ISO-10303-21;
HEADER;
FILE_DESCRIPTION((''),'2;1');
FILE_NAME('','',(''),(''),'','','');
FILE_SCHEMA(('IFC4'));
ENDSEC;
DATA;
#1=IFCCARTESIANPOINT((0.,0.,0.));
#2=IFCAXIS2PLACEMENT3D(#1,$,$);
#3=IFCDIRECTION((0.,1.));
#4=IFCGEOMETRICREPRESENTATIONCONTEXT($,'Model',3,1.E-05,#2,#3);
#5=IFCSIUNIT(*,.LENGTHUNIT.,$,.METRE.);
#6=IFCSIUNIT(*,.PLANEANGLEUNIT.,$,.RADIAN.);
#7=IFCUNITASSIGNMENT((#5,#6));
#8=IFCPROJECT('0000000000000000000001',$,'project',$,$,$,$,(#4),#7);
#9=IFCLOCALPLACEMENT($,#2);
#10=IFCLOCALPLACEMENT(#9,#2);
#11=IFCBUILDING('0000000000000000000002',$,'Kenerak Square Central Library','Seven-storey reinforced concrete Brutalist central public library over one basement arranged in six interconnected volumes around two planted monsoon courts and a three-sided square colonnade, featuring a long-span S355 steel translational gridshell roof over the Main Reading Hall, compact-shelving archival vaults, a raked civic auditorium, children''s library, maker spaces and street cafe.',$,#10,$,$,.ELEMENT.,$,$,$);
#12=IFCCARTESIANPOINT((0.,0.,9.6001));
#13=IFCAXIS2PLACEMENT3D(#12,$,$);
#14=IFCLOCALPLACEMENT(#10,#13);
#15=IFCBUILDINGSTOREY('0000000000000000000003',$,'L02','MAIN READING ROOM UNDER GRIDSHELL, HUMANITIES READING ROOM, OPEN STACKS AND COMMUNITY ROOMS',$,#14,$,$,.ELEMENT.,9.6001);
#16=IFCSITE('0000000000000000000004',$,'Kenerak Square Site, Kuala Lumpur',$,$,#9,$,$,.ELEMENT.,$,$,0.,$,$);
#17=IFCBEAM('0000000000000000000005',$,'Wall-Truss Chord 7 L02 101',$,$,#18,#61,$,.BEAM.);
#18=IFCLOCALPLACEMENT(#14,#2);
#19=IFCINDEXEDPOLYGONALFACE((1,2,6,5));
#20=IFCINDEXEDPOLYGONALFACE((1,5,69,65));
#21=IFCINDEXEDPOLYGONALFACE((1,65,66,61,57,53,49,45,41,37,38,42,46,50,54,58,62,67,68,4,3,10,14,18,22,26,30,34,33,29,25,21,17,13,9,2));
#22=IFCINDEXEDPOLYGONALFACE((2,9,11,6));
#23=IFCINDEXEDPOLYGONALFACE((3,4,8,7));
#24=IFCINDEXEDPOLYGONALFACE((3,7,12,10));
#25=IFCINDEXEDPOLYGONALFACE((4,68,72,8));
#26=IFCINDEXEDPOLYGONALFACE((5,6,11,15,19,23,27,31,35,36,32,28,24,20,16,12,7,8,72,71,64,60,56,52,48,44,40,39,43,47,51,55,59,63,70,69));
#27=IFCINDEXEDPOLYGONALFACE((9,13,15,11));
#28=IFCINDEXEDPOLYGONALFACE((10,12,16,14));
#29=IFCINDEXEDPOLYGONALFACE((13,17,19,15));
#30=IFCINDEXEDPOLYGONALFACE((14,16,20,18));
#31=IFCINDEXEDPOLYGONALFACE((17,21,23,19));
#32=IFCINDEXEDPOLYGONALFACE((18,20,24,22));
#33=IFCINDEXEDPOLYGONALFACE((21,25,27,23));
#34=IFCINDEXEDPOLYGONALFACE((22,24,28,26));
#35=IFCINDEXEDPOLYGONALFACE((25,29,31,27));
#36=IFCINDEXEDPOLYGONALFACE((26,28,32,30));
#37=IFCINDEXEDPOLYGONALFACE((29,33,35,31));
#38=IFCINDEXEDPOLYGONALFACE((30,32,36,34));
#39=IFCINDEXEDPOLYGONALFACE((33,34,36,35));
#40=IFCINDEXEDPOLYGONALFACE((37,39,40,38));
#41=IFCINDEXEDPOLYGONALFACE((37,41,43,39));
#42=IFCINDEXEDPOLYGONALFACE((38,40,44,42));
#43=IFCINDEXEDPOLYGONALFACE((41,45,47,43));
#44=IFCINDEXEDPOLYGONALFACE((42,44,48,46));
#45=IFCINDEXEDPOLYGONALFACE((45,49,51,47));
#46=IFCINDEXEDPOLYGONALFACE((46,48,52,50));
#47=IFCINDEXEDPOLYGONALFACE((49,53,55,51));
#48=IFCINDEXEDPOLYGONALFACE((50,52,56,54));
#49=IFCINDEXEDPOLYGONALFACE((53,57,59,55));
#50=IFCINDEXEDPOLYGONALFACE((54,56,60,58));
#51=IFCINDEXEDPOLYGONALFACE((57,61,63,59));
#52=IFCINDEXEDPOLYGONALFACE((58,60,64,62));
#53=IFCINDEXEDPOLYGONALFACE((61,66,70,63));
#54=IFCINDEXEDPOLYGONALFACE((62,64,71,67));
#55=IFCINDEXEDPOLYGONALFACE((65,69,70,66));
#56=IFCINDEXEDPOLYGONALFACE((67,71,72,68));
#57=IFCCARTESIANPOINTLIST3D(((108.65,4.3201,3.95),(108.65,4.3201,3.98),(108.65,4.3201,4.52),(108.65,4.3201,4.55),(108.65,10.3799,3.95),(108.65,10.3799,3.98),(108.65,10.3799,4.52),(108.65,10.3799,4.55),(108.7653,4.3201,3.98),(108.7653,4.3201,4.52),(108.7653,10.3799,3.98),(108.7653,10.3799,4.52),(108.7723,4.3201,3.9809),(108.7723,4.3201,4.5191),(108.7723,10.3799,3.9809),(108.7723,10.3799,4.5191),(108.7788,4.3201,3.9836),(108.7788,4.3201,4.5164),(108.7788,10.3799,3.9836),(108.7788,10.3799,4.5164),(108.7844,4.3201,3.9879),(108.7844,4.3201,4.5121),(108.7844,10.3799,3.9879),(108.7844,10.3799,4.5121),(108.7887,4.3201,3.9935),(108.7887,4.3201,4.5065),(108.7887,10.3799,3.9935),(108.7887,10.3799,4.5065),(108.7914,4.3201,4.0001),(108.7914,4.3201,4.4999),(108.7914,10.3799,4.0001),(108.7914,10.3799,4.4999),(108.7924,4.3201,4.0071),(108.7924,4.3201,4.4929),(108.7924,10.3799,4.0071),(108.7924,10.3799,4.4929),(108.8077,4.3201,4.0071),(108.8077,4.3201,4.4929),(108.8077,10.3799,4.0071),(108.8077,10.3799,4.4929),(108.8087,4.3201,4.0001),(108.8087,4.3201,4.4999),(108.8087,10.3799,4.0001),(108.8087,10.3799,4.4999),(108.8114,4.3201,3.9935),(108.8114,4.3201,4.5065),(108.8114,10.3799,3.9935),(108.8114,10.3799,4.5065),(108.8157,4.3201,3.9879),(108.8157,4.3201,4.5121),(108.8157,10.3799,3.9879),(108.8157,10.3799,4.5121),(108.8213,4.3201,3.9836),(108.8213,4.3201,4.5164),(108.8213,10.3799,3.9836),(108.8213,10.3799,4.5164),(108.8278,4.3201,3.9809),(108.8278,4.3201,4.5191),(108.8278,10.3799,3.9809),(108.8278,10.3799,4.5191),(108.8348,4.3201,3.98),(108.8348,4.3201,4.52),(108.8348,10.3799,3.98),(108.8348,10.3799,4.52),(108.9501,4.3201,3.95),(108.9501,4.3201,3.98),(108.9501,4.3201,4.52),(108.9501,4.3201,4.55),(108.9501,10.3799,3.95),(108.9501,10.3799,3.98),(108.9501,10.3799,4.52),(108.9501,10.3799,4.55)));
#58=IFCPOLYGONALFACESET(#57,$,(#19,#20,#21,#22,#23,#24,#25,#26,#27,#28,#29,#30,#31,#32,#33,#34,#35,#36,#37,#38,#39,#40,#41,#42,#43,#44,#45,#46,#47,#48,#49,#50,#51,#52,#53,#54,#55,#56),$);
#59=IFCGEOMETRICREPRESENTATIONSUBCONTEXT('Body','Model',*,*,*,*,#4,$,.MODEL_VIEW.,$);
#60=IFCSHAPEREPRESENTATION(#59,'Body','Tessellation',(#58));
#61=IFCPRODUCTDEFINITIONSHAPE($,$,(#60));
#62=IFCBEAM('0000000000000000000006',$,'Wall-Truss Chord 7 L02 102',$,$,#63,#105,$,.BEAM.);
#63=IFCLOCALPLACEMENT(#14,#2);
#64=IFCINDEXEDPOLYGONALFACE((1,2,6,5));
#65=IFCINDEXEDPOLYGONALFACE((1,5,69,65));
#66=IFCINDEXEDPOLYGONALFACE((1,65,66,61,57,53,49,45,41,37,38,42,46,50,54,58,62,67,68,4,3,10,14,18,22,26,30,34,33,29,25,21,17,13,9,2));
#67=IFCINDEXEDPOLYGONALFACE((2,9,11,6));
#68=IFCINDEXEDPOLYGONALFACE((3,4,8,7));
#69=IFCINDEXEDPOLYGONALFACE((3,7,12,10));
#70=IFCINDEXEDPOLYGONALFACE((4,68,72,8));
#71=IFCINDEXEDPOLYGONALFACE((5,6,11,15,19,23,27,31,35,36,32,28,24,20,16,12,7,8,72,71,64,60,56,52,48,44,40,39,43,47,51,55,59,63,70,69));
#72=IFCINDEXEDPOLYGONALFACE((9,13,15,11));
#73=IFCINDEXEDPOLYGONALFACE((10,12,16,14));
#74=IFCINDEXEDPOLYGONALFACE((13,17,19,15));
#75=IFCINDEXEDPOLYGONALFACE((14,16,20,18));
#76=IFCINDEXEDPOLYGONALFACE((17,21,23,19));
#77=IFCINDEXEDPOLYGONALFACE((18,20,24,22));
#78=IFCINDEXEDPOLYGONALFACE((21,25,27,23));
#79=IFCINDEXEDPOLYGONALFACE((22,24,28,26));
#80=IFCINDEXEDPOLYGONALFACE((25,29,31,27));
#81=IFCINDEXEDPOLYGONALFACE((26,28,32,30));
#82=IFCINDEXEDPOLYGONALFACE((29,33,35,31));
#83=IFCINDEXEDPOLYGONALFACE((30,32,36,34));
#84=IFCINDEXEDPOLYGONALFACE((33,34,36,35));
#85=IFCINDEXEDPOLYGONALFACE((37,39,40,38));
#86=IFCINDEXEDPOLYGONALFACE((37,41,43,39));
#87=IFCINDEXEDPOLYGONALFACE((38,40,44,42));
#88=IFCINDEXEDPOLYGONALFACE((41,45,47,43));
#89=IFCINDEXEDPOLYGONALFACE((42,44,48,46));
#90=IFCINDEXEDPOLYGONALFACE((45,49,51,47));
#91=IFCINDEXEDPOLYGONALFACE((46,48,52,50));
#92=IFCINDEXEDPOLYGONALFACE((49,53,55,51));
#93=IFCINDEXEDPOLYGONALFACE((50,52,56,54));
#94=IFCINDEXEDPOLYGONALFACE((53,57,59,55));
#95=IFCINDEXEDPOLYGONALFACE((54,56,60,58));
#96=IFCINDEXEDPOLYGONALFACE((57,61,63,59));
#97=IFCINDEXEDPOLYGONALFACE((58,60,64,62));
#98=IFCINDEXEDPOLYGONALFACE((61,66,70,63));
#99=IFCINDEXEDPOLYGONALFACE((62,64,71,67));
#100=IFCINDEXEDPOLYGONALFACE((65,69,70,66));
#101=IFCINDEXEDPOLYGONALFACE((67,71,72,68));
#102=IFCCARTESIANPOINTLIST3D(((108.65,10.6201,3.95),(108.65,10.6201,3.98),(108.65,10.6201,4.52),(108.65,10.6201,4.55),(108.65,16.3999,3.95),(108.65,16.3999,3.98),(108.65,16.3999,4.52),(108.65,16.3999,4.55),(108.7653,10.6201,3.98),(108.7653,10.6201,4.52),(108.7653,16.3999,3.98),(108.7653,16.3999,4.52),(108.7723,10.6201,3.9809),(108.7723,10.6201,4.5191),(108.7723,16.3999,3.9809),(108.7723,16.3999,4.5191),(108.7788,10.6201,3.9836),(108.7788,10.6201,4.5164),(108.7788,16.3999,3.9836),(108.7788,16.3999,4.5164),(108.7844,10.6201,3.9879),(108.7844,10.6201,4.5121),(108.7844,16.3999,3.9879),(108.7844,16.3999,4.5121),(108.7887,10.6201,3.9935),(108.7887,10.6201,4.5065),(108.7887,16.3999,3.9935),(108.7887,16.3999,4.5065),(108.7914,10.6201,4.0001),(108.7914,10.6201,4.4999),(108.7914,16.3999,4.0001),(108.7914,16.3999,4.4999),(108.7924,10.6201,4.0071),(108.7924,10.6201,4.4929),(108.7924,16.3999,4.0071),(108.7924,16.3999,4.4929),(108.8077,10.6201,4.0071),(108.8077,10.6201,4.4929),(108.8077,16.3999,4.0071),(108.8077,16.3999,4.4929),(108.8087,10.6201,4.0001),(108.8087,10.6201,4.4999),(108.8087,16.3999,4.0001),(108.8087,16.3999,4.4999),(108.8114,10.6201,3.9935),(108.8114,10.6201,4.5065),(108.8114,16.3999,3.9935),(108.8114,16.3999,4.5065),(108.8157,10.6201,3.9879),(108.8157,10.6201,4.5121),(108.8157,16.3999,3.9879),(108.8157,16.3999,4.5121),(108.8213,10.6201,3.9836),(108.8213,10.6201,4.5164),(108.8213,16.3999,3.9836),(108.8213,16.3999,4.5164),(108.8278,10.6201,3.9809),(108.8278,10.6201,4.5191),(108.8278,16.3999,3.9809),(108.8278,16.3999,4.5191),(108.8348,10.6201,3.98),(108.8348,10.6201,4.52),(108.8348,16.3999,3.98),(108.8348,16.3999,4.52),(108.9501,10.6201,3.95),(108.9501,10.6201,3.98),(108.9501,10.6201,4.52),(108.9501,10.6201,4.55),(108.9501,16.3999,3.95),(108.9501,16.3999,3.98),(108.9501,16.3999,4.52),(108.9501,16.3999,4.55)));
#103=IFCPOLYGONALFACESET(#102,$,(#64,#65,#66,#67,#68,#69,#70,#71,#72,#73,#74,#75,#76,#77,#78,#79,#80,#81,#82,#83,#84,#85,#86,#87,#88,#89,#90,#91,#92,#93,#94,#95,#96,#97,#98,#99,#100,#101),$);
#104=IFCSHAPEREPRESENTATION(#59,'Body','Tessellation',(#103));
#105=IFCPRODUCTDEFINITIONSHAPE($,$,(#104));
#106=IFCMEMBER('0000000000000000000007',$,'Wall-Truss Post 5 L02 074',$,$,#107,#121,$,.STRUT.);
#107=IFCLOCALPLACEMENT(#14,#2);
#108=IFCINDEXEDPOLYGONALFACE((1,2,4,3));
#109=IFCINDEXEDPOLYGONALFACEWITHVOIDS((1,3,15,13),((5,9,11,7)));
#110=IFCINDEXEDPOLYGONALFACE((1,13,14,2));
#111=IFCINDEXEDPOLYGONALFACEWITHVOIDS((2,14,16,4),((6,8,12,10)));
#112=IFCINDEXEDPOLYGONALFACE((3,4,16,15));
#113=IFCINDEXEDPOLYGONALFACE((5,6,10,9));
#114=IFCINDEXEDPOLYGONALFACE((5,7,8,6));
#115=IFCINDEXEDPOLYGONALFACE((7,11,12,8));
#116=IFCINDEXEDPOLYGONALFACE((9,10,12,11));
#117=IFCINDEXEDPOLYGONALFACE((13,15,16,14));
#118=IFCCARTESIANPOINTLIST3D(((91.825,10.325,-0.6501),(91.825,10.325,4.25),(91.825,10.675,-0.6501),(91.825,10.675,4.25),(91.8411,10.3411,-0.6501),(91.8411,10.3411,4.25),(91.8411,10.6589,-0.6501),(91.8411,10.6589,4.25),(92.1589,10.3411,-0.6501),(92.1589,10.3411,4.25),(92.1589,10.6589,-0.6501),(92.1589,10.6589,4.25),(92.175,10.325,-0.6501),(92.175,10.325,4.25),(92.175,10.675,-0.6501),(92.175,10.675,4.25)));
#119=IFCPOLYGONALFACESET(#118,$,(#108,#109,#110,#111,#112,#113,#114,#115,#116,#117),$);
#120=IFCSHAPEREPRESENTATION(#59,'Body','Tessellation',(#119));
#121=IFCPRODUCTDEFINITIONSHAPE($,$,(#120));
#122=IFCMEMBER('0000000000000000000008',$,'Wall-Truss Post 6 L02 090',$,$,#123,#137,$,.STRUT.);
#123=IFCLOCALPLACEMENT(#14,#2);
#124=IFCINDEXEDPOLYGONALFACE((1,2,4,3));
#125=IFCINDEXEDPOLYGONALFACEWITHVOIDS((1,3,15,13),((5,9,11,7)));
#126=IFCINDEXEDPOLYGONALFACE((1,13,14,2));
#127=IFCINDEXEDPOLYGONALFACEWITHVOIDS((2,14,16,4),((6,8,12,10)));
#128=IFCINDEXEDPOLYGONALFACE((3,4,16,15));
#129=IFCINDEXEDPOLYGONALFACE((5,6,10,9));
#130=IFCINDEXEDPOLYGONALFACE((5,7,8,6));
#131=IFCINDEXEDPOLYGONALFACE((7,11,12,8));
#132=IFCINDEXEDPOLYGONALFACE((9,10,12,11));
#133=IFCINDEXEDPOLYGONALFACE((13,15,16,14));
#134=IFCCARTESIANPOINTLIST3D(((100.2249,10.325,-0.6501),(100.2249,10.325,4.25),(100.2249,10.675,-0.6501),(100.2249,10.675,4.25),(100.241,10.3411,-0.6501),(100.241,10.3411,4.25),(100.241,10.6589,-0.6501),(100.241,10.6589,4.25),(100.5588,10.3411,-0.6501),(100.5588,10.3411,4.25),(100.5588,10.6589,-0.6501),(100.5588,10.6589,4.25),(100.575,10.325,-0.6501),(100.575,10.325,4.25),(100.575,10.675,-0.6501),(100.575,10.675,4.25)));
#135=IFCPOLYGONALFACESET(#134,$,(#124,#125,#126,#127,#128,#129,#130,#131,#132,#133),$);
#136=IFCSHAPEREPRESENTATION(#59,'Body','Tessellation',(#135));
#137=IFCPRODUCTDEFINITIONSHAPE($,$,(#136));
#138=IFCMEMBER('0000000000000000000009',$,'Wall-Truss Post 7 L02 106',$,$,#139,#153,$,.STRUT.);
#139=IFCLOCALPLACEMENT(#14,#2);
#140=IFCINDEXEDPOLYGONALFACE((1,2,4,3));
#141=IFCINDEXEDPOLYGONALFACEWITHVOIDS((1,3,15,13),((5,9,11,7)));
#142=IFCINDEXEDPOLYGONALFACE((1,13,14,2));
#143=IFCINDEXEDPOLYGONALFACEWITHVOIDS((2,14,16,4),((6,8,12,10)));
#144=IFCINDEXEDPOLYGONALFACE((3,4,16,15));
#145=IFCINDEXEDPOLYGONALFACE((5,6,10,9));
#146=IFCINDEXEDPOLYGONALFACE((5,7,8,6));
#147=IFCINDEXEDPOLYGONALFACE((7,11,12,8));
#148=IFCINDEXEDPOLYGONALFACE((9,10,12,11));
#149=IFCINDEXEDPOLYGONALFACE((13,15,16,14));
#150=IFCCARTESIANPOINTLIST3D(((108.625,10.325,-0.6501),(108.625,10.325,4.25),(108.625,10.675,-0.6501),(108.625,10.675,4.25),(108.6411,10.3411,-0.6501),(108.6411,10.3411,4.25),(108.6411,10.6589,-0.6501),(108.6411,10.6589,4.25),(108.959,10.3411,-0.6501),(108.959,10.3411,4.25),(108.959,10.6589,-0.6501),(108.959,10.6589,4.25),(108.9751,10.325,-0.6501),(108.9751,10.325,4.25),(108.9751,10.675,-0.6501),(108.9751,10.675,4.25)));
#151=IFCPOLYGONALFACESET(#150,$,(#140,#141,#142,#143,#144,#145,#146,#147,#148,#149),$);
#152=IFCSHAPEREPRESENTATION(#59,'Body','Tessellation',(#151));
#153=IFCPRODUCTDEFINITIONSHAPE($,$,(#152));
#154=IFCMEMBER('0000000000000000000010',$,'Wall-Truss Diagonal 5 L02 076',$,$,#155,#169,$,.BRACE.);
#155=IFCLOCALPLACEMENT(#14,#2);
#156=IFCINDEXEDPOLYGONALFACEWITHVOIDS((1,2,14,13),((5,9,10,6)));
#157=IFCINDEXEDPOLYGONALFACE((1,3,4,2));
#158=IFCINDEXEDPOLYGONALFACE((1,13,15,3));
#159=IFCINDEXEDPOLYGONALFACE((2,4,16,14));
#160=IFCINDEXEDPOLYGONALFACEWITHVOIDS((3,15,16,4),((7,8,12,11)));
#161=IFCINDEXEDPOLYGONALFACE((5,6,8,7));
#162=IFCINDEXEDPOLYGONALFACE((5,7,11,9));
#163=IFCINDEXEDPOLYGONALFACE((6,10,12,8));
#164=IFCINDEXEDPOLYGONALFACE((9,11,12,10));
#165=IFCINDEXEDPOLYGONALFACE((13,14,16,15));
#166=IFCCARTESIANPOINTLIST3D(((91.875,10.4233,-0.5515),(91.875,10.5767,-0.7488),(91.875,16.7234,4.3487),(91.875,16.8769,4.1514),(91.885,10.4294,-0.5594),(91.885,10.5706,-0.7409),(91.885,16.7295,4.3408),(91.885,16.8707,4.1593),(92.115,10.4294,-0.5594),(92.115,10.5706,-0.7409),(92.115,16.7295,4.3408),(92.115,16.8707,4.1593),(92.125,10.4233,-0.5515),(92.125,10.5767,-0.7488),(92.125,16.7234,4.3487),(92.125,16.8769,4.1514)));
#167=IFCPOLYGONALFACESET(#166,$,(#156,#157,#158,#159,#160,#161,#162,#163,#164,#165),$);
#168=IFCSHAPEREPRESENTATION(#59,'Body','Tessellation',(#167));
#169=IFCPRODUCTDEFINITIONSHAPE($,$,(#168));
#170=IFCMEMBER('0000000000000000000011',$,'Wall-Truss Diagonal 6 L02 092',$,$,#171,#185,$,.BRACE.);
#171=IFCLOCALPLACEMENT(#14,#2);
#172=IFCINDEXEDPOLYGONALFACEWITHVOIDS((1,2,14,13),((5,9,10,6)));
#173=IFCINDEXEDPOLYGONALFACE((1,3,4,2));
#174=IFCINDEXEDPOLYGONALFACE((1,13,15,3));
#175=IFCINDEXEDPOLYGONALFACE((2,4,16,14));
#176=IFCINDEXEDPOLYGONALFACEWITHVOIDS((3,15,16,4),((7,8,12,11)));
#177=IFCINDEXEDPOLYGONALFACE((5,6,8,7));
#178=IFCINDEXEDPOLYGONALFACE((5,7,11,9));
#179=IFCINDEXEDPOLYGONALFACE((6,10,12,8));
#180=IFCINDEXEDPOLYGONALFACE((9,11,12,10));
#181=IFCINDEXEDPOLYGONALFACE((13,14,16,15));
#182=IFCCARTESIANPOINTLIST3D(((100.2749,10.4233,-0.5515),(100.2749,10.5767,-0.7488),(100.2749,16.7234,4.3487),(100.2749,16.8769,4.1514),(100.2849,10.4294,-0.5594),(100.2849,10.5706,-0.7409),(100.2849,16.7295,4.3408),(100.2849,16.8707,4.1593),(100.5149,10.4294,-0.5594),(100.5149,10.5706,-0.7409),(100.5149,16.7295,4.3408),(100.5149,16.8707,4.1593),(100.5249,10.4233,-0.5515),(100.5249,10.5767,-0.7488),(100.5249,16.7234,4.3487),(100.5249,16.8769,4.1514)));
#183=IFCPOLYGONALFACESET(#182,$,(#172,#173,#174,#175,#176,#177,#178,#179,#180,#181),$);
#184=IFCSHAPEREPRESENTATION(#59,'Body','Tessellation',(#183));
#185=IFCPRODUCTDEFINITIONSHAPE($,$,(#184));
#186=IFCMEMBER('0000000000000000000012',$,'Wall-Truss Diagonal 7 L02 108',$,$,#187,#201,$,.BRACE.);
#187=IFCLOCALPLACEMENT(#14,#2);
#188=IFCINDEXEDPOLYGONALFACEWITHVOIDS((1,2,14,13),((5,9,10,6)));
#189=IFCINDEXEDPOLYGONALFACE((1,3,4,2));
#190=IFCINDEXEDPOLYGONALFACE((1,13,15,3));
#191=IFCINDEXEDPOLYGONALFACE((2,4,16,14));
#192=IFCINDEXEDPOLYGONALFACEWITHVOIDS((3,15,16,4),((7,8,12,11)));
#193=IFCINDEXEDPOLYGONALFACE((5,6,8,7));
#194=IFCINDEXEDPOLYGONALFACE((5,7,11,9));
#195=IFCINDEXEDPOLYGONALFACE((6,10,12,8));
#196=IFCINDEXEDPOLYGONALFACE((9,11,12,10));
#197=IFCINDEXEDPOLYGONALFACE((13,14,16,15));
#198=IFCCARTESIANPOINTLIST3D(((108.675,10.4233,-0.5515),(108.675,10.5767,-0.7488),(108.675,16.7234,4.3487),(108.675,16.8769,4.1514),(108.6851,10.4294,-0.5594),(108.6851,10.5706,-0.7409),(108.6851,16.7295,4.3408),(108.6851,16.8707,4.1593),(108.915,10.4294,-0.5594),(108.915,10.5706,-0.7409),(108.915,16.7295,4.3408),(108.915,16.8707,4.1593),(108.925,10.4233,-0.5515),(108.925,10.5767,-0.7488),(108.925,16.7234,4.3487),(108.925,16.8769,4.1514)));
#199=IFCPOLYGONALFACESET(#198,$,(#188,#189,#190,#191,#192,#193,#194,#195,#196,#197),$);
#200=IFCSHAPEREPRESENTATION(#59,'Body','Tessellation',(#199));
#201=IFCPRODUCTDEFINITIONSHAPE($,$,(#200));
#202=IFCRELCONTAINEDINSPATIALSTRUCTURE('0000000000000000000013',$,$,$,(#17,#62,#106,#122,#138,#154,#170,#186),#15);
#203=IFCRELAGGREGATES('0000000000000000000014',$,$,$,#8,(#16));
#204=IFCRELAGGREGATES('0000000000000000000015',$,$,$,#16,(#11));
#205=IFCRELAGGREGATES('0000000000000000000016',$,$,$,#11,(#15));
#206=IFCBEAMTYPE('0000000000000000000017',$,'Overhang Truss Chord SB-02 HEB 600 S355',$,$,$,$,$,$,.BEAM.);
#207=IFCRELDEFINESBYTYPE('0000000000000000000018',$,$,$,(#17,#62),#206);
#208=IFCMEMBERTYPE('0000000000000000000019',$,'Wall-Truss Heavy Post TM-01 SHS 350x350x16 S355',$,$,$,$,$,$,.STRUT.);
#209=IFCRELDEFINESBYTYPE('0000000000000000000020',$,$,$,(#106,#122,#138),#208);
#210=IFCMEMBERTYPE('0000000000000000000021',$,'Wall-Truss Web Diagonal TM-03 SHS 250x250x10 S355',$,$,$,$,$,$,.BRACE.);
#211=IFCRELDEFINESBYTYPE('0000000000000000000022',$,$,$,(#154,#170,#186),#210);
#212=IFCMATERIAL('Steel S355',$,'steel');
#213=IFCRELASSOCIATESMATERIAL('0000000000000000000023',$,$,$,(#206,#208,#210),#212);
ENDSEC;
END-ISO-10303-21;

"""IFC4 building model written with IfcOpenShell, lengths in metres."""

from ifc_helpers import new_model, si_unit, direction, frame, origin, origin_2d, place, context, subcontext, project, spatial, hollow_rectangle, i_section, extrude, material, material_profile, profile_set, type_object, element, save


model = new_model("IFC4")

# Units and contexts
model_context = context("Model", 3, precision=1e-05, world=origin(), true_north=direction((0.0, 1.0)))
body_context = subcontext(model_context, "Body", "Model", "MODEL_VIEW")
ifc_project = project(units=[si_unit("LENGTHUNIT", "METRE"), si_unit("PLANEANGLEUNIT", "RADIAN")], contexts=[model_context])

# Site, building, storey
site_placement = place(None, origin())
site = spatial("IfcSite", under=ifc_project, at=site_placement, Name="Kenerak Square Site, Kuala Lumpur", CompositionType="ELEMENT", RefElevation=0.0)
building_placement = place(site_placement, origin())
building = spatial("IfcBuilding", under=site, at=building_placement, Name="Kenerak Square Central Library", Description="Seven-storey reinforced concrete Brutalist central public library over one basement arranged in six interconnected volumes around two planted monsoon courts and a three-sided square colonnade, featuring a long-span S355 steel translational gridshell roof over the Main Reading Hall, compact-shelving archival vaults, a raked civic auditorium, children's library, maker spaces and street cafe.", CompositionType="ELEMENT")
storey_placement = place(building_placement, frame((0.0, 0.0, 9.6001)))
storey = spatial("IfcBuildingStorey", under=building, at=storey_placement, Name="L02", Description="MAIN READING ROOM UNDER GRIDSHELL, HUMANITIES READING ROOM, OPEN STACKS AND COMMUNITY ROOMS", CompositionType="ELEMENT", Elevation=9.6001)

# Beams
ifc_material_1 = material(Name="Steel S355", Category="steel")
ifc_material_profile_1 = material_profile(ifc_material_1, i_section(OverallWidth=0.3, OverallDepth=0.6001, WebThickness=0.0154, FlangeThickness=0.03, FilletRadius=0.0271, at=origin_2d()), Name="HEB 600")
ifc_profile_set_1 = profile_set([ifc_material_profile_1], Name="Steel S355")
beam_type_1 = type_object("IfcBeamType", Name="Overhang Truss Chord SB-02 HEB 600 S355", PredefinedType="BEAM", material=ifc_profile_set_1)
beam_1_placement = place(storey_placement, frame((108.8, 4.3201, 4.25), z_axis=(0.0, 1.0, 0.0), x_axis=(-1.0, 0.0, 0.0)))
element("IfcBeam", 1, at=beam_1_placement, inside=storey, type_object=beam_type_1, Name="Wall-Truss Chord 7 L02 101", PredefinedType="BEAM", context=body_context, shape_type="SweptSolid", body=[
    extrude(i_section(OverallWidth=0.3, OverallDepth=0.6001, WebThickness=0.0154, FlangeThickness=0.03, FilletRadius=0.0271, at=origin_2d()), origin(), (0.0, 0.0, 1.0), 6.0598),
])
beam_2_placement = place(storey_placement, frame((108.8, 10.6201, 4.25), z_axis=(0.0, 1.0, 0.0), x_axis=(-1.0, 0.0, 0.0)))
element("IfcBeam", 2, at=beam_2_placement, inside=storey, type_object=beam_type_1, Name="Wall-Truss Chord 7 L02 102", PredefinedType="BEAM", context=body_context, shape_type="SweptSolid", body=[
    extrude(i_section(OverallWidth=0.3, OverallDepth=0.6001, WebThickness=0.0154, FlangeThickness=0.03, FilletRadius=0.0271, at=origin_2d()), origin(), (0.0, 0.0, 1.0), 5.7798),
])

# Members
ifc_material_profile_2 = material_profile(ifc_material_1, hollow_rectangle(XDim=0.3501, YDim=0.3501, WallThickness=0.0161, at=origin_2d()), Name="SHS 350x350x16.0")
ifc_profile_set_2 = profile_set([ifc_material_profile_2], Name="Steel S355")
member_type_1 = type_object("IfcMemberType", Name="Wall-Truss Heavy Post TM-01 SHS 350x350x16 S355", PredefinedType="STRUT", material=ifc_profile_set_2)
for number, where, z_axis, x_axis, name in (
    (3, (92.0, 10.5, -0.6501), (0.0, 0.0, 1.0), (1.0, 0.0, 0.0), "Wall-Truss Post 5 L02 074"),
    (4, (100.3999, 10.5, -0.6501), (0.0, 0.0, 1.0), (1.0, 0.0, 0.0), "Wall-Truss Post 6 L02 090"),
    (5, (108.8, 10.5, -0.6501), (0.0, 0.0, 1.0), (1.0, 0.0, 0.0), "Wall-Truss Post 7 L02 106"),
):
    element("IfcMember", number, at=place(storey_placement, frame(where, z_axis=z_axis, x_axis=x_axis)), inside=storey, type_object=member_type_1, Name=name, PredefinedType="STRUT", context=body_context, shape_type="SweptSolid", body=[
        extrude(hollow_rectangle(XDim=0.3501, YDim=0.3501, WallThickness=0.0161, at=origin_2d()), origin(), (0.0, 0.0, 1.0), 4.9001),
    ])
ifc_material_profile_3 = material_profile(ifc_material_1, hollow_rectangle(XDim=0.25, YDim=0.25, WallThickness=0.01, at=origin_2d()), Name="SHS 250x250x10.0")
ifc_profile_set_3 = profile_set([ifc_material_profile_3], Name="Steel S355")
member_type_2 = type_object("IfcMemberType", Name="Wall-Truss Web Diagonal TM-03 SHS 250x250x10 S355", PredefinedType="BRACE", material=ifc_profile_set_3)
for number, where, z_axis, x_axis, name in (
    (6, (92.0, 10.5, -0.6501), (0.0, 0.789346, 0.613949), (-1.0, 0.0, 0.0), "Wall-Truss Diagonal 5 L02 076"),
    (7, (100.3999, 10.5, -0.6501), (0.0, 0.789346, 0.613949), (-1.0, 0.0, 0.0), "Wall-Truss Diagonal 6 L02 092"),
    (8, (108.8, 10.5, -0.6501), (0.0, 0.789346, 0.613949), (-1.0, 0.0, 0.0), "Wall-Truss Diagonal 7 L02 108"),
):
    element("IfcMember", number, at=place(storey_placement, frame(where, z_axis=z_axis, x_axis=x_axis)), inside=storey, type_object=member_type_2, Name=name, PredefinedType="BRACE", context=body_context, shape_type="SweptSolid", body=[
        extrude(hollow_rectangle(XDim=0.25, YDim=0.25, WallThickness=0.01, at=origin_2d()), origin(), (0.0, 0.0, 1.0), 7.9814),
    ])

save(model, "model.ifc")
